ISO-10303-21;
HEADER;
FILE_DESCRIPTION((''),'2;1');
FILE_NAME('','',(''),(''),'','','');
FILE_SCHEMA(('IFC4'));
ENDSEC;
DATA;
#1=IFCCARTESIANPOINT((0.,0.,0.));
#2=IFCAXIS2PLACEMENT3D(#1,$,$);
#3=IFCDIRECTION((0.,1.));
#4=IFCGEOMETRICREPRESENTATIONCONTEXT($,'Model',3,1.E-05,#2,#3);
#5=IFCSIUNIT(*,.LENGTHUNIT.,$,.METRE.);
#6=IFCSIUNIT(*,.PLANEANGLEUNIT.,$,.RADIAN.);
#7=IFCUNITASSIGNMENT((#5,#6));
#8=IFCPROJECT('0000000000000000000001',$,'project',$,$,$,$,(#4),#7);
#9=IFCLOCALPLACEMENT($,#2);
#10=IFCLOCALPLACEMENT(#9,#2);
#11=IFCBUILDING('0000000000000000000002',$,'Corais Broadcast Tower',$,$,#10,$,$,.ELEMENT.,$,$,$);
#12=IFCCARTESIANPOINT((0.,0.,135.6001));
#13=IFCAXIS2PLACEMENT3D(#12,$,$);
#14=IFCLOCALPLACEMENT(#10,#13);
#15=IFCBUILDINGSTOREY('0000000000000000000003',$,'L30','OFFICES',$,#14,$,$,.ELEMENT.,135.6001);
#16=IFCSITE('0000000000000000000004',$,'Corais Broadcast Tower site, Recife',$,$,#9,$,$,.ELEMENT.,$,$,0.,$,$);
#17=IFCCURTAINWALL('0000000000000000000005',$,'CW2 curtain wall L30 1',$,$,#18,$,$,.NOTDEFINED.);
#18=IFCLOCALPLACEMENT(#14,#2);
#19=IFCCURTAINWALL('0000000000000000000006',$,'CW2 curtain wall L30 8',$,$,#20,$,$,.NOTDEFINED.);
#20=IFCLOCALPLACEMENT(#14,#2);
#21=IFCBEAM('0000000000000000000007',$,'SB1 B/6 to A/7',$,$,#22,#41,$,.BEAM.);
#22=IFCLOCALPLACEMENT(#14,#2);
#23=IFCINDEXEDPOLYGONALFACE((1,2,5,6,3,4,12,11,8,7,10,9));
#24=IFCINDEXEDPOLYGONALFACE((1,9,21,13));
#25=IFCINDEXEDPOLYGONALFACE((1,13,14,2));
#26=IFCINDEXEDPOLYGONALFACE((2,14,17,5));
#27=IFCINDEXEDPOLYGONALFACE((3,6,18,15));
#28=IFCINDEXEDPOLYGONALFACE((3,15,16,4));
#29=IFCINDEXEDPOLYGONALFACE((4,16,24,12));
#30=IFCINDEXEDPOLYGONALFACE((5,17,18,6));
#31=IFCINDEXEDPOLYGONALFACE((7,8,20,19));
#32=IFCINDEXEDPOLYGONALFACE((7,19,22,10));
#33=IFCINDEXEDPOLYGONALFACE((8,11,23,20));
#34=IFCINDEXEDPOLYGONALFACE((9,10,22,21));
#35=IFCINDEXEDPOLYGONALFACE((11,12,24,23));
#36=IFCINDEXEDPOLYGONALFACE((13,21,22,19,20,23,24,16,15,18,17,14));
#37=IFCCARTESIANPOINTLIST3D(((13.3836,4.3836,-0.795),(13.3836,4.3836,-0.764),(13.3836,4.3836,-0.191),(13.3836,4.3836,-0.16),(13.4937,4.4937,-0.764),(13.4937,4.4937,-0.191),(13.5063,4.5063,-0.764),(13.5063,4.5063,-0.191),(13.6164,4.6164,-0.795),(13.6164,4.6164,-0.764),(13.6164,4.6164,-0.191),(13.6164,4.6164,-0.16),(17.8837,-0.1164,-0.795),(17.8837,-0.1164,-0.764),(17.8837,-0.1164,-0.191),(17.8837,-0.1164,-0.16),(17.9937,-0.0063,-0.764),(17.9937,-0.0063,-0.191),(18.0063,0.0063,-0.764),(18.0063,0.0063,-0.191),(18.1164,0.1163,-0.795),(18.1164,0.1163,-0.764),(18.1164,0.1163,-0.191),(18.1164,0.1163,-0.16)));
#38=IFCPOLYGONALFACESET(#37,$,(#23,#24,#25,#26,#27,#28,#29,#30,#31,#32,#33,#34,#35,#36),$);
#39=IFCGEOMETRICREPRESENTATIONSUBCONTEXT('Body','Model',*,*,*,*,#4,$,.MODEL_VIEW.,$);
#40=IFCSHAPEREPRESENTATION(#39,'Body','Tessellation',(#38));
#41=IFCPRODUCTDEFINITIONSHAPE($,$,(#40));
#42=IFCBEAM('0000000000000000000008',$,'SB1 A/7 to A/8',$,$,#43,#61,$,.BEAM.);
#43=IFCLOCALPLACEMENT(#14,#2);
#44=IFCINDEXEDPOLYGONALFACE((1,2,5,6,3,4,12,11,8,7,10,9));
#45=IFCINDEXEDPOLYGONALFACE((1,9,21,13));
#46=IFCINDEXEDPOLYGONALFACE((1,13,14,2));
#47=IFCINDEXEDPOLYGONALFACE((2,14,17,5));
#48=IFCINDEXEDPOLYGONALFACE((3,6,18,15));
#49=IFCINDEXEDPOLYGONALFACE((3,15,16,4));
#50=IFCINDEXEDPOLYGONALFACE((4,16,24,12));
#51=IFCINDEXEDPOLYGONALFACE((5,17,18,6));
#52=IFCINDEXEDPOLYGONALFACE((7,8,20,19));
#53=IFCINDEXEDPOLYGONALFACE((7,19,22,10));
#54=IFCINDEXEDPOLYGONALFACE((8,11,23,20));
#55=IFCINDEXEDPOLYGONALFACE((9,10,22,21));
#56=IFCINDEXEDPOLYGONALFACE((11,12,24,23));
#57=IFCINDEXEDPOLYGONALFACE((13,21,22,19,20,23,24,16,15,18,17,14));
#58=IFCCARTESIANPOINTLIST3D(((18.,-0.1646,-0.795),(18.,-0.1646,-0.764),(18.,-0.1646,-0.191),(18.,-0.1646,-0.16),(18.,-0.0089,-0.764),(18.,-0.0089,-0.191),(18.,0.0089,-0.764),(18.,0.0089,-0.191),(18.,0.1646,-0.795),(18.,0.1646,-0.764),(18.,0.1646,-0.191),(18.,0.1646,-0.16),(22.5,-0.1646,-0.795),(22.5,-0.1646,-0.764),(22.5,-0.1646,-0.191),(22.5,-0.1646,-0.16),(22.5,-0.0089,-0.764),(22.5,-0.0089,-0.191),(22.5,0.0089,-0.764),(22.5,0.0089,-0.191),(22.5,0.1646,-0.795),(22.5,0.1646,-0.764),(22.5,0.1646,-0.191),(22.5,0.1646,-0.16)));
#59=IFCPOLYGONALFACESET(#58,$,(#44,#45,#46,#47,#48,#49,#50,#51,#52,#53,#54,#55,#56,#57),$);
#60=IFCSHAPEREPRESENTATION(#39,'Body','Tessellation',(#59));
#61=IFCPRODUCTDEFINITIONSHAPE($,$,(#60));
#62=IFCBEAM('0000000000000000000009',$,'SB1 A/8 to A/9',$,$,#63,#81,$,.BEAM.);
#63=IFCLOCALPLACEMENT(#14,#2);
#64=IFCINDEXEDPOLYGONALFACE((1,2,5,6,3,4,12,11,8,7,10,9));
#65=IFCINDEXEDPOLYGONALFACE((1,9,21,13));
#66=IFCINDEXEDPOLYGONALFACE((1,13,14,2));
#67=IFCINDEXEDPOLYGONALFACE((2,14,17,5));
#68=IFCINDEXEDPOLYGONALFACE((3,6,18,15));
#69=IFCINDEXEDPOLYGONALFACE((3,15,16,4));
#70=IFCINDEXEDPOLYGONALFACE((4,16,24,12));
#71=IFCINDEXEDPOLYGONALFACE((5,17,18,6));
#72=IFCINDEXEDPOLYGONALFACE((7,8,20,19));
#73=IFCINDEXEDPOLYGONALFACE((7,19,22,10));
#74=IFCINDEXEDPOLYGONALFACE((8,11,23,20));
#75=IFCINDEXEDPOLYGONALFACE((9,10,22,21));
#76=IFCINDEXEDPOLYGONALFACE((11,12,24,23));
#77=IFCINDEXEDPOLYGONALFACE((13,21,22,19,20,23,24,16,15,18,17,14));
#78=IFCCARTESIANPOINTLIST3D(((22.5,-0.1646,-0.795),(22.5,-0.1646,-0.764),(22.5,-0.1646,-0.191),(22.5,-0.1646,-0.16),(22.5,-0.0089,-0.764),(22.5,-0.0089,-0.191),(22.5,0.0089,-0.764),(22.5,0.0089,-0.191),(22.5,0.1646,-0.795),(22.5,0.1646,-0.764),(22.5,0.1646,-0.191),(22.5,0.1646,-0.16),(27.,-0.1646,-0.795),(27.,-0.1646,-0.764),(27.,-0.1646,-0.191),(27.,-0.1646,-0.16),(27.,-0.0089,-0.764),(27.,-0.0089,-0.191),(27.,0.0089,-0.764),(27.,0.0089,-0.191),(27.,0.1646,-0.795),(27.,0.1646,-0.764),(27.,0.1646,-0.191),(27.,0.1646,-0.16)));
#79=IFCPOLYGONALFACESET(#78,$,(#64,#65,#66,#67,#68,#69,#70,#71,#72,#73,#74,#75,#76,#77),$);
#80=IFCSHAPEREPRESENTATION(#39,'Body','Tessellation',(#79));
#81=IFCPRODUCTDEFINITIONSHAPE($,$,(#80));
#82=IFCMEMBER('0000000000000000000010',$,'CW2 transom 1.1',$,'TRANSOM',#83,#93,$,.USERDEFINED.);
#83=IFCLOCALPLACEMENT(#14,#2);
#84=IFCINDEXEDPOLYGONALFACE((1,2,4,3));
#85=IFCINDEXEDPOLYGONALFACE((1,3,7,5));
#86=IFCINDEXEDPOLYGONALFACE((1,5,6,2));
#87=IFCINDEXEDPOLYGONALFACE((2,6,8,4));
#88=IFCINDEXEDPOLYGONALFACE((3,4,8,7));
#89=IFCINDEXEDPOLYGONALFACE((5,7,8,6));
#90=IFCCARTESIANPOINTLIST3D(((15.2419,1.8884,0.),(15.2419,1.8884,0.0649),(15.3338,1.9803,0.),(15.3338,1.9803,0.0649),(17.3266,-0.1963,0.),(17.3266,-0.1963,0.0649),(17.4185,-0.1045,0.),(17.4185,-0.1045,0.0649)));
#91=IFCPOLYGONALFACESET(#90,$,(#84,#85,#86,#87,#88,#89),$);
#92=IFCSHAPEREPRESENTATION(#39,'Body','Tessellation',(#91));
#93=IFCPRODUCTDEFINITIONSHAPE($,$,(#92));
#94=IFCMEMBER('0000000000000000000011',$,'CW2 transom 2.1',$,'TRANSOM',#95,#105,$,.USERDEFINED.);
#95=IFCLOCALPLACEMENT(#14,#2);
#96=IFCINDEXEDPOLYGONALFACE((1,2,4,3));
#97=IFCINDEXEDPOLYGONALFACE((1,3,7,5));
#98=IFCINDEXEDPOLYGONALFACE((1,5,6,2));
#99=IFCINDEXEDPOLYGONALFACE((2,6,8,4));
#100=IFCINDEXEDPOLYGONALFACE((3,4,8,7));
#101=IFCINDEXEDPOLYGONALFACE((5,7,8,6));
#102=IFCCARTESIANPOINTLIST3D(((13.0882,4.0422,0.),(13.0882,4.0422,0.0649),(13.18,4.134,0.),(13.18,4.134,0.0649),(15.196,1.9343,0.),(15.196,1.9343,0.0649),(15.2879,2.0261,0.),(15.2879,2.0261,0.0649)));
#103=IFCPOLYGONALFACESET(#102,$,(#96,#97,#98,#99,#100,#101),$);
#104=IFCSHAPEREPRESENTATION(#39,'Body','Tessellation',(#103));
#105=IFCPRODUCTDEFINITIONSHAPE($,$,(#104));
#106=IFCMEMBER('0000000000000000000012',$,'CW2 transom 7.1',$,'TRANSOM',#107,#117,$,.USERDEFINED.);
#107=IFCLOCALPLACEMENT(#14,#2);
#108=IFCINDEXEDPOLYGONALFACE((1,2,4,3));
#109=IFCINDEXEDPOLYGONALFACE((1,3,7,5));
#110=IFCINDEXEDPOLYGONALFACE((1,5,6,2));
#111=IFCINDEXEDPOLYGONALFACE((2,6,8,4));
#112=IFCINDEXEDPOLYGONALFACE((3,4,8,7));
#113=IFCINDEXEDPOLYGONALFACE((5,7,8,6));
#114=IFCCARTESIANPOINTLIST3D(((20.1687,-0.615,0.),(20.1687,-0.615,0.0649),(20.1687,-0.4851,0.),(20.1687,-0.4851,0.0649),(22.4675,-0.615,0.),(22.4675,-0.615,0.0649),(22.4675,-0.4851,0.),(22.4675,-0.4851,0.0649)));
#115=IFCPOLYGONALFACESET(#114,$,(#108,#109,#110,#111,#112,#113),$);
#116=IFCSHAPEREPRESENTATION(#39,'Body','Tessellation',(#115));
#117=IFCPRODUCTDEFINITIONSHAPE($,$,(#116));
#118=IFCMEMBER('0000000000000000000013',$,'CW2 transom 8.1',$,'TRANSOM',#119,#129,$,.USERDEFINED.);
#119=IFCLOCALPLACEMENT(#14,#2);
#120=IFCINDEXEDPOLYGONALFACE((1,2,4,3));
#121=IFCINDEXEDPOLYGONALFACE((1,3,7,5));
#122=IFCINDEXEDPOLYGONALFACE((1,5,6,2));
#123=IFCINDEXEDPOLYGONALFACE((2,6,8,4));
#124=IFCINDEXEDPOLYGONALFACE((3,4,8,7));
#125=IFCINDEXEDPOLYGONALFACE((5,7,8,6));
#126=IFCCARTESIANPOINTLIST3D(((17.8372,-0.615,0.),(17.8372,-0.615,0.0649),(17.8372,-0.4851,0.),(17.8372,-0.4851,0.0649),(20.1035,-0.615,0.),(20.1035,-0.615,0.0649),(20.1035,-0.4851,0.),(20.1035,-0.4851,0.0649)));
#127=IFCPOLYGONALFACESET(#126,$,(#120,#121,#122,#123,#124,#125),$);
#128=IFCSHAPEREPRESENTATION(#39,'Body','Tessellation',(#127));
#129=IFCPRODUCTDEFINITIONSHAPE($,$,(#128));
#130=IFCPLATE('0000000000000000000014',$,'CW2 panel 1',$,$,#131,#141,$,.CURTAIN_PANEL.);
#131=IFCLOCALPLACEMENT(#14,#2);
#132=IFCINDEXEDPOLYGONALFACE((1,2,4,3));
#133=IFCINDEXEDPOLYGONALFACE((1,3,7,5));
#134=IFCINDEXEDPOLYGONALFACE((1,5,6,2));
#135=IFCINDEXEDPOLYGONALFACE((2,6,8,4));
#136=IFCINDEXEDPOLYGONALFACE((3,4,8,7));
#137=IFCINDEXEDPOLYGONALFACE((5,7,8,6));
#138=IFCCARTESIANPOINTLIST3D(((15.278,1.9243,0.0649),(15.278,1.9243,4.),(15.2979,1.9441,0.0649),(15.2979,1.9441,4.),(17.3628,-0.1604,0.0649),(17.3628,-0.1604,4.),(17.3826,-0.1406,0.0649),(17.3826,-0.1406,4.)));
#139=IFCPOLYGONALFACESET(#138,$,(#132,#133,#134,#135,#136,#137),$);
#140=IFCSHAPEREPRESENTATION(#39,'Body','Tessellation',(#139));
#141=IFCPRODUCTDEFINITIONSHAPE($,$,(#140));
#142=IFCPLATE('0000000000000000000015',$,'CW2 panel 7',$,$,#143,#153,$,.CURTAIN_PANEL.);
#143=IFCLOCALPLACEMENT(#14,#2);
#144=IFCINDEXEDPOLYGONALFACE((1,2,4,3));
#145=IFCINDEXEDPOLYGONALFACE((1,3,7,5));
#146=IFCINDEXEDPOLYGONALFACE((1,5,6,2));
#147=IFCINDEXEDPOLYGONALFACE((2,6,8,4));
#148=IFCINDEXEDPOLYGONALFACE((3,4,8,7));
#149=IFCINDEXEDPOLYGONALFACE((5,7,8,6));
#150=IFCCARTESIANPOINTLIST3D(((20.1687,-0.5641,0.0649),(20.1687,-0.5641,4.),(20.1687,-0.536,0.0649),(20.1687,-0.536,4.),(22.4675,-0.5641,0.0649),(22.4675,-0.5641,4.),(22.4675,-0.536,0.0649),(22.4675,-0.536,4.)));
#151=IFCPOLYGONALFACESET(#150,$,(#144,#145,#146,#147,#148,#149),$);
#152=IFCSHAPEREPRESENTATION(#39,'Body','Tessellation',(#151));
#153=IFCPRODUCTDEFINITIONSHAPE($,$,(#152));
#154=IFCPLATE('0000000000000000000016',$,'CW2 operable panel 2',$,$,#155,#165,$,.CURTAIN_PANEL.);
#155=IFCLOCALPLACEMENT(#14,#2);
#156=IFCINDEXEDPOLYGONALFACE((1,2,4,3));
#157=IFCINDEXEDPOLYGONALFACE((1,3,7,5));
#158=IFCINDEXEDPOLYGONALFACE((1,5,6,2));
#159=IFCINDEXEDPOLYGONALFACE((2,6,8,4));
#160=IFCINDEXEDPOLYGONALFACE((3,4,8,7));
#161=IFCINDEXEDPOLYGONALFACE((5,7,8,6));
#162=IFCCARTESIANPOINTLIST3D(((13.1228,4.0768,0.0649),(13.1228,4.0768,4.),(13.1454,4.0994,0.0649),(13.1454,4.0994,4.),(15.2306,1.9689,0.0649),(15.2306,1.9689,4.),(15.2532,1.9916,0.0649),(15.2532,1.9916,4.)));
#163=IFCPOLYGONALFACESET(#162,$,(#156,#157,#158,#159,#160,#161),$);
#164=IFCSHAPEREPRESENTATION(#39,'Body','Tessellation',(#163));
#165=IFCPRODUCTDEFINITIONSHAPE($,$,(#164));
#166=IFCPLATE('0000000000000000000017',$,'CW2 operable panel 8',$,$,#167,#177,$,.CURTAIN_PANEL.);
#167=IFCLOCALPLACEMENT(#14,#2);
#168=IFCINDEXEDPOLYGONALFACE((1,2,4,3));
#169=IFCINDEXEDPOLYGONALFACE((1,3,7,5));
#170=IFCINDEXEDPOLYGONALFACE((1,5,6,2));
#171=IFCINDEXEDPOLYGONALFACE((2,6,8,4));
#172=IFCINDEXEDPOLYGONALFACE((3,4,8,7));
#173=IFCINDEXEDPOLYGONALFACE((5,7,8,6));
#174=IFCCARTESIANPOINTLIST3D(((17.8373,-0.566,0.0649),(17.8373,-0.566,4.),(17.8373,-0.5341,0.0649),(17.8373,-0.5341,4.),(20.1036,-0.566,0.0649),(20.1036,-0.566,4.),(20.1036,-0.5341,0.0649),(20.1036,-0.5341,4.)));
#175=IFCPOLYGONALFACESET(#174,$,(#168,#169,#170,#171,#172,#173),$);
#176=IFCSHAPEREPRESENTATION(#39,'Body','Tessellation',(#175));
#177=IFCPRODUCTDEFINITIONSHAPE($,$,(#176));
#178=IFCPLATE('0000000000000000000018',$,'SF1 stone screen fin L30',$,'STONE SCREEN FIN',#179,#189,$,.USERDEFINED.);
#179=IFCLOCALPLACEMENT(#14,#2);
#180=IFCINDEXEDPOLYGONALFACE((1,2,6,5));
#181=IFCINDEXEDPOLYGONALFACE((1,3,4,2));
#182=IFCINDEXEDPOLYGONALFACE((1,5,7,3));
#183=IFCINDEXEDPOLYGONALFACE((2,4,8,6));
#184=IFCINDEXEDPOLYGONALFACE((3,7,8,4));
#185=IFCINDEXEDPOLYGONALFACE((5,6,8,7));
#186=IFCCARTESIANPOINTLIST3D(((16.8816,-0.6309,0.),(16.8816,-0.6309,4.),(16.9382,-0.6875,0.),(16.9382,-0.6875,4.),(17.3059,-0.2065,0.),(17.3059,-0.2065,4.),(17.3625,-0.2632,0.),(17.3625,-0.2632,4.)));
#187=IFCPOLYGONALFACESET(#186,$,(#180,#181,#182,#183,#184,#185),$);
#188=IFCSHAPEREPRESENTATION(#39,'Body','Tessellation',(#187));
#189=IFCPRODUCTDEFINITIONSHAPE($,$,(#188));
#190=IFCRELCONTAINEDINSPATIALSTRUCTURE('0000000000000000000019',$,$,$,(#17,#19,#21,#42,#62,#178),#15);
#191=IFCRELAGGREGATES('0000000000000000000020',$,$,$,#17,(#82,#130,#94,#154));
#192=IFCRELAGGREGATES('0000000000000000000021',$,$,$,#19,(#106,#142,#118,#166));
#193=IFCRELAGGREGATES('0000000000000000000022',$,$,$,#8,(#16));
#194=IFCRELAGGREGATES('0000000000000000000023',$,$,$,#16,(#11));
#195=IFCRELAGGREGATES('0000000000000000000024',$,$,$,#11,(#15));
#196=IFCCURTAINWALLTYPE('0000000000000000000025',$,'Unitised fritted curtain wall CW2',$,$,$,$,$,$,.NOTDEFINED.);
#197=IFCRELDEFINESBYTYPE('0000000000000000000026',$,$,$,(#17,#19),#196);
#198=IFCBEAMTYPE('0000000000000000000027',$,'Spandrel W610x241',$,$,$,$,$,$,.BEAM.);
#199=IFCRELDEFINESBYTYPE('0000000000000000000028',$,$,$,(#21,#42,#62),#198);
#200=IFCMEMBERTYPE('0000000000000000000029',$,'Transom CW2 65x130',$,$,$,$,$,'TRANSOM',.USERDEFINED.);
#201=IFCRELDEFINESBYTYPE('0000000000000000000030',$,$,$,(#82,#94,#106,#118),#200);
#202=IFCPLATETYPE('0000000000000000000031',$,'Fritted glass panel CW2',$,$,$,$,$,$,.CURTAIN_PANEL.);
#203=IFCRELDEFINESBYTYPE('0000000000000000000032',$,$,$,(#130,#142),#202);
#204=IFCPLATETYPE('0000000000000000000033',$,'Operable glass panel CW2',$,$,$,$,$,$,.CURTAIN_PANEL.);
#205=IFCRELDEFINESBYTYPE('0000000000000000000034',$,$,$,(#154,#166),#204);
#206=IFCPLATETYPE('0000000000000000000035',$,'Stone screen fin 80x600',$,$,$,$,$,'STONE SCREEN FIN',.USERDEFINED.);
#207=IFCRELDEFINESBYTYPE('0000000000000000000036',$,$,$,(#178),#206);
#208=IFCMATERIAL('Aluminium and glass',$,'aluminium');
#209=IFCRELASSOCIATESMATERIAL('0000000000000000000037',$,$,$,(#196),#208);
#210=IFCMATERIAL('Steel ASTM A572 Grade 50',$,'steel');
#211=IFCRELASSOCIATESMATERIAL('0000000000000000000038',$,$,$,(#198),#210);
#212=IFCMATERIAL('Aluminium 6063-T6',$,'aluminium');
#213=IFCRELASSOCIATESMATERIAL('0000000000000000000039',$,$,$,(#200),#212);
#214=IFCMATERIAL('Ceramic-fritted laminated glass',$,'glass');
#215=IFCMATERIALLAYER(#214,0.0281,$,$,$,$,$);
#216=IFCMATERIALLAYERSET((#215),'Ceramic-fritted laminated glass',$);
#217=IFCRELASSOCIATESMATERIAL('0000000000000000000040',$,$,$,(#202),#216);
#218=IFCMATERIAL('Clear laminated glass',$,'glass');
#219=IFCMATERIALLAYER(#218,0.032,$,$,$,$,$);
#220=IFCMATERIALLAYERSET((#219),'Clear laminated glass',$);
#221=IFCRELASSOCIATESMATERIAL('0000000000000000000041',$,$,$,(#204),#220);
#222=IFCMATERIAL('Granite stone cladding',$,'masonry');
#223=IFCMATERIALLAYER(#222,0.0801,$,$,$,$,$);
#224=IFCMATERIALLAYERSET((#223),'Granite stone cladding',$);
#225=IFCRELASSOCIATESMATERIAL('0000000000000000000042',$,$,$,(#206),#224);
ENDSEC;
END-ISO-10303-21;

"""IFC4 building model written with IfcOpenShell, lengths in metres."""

from ifc_helpers import new_model, si_unit, direction, frame, origin, origin_2d, place, context, subcontext, project, spatial, rectangle, i_section, extrude, material, layer, layer_set, material_profile, profile_set, type_object, element, aggregate, save


model = new_model("IFC4")

# Units and contexts
model_context = context("Model", 3, precision=1e-05, world=origin(), true_north=direction((0.0, 1.0)))
body_context = subcontext(model_context, "Body", "Model", "MODEL_VIEW")
ifc_project = project(units=[si_unit("LENGTHUNIT", "METRE"), si_unit("PLANEANGLEUNIT", "RADIAN")], contexts=[model_context])

# Site, building, storey
site_placement = place(None, origin())
site = spatial("IfcSite", under=ifc_project, at=site_placement, Name="Corais Broadcast Tower site, Recife", CompositionType="ELEMENT", RefElevation=0.0)
building_placement = place(site_placement, origin())
building = spatial("IfcBuilding", under=site, at=building_placement, Name="Corais Broadcast Tower", CompositionType="ELEMENT")
storey_placement = place(building_placement, frame((0.0, 0.0, 135.6001)))
storey = spatial("IfcBuildingStorey", under=building, at=storey_placement, Name="L30", Description="OFFICES", CompositionType="ELEMENT", Elevation=135.6001)

# Curtain walls
ifc_material_1 = material(Name="Aluminium and glass", Category="aluminium")
curtain_wall_type = type_object("IfcCurtainWallType", Name="Unitised fritted curtain wall CW2", PredefinedType="NOTDEFINED", material=ifc_material_1)
curtain_wall_1_placement = place(storey_placement, origin())
curtain_wall_1 = element("IfcCurtainWall", 1, at=curtain_wall_1_placement, inside=storey, type_object=curtain_wall_type, Name="CW2 curtain wall L30 1", PredefinedType="NOTDEFINED")
curtain_wall_2_placement = place(storey_placement, origin())
curtain_wall_2 = element("IfcCurtainWall", 2, at=curtain_wall_2_placement, inside=storey, type_object=curtain_wall_type, Name="CW2 curtain wall L30 8", PredefinedType="NOTDEFINED")

# Beams
ifc_material_2 = material(Name="Steel ASTM A572 Grade 50", Category="steel")
ifc_material_profile_1 = material_profile(ifc_material_2, i_section(OverallWidth=0.3291, OverallDepth=0.635, WebThickness=0.0178, FlangeThickness=0.031, at=origin_2d()), Name="W610x241")
ifc_profile_set_1 = profile_set([ifc_material_profile_1], Name="Steel ASTM A572 Grade 50")
beam_type_1 = type_object("IfcBeamType", Name="Spandrel W610x241", PredefinedType="BEAM", material=ifc_profile_set_1)
beam_1_placement = place(storey_placement, frame((13.5, 4.5, -0.4775), z_axis=(0.707107, -0.707107, 0.0), x_axis=(0.707107, 0.707107, 0.0)))
element("IfcBeam", 3, at=beam_1_placement, inside=storey, type_object=beam_type_1, Name="SB1 B/6 to A/7", PredefinedType="BEAM", context=body_context, shape_type="SweptSolid", body=[
    extrude(i_section(OverallWidth=0.3291, OverallDepth=0.635, WebThickness=0.0178, FlangeThickness=0.031, at=origin_2d()), origin(), (0.0, 0.0, 1.0), 6.364),
])
for number, where, z_axis, x_axis, name in (
    (4, (18.0, 0.0, -0.4775), (1.0, 0.0, 0.0), (0.0, 1.0, 0.0), "SB1 A/7 to A/8"),
    (5, (22.5, 0.0, -0.4775), (1.0, 0.0, 0.0), (0.0, 1.0, 0.0), "SB1 A/8 to A/9"),
):
    element("IfcBeam", number, at=place(storey_placement, frame(where, z_axis=z_axis, x_axis=x_axis)), inside=storey, type_object=beam_type_1, Name=name, PredefinedType="BEAM", context=body_context, shape_type="SweptSolid", body=[
        extrude(i_section(OverallWidth=0.3291, OverallDepth=0.635, WebThickness=0.0178, FlangeThickness=0.031, at=origin_2d()), origin(), (0.0, 0.0, 1.0), 4.5),
    ])

# Members
ifc_material_3 = material(Name="Aluminium 6063-T6", Category="aluminium")
ifc_material_profile_2 = material_profile(ifc_material_3, rectangle(XDim=0.1299, YDim=0.0649, at=origin_2d()), Name="Transom CW2 65x130")
ifc_profile_set_2 = profile_set([ifc_material_profile_2], Name="Aluminium 6063-T6")
member_type_1 = type_object("IfcMemberType", Name="Transom CW2 65x130", ElementType="TRANSOM", PredefinedType="USERDEFINED", material=ifc_profile_set_2)
member_1_placement = place(storey_placement, frame((17.3726, -0.1504, 0.0325), z_axis=(-0.707107, 0.707107, 0.0), x_axis=(-0.707107, -0.707107, 0.0)))
member_1 = element("IfcMember", 6, at=member_1_placement, type_object=member_type_1, Name="CW2 transom 1.1", ObjectType="TRANSOM", PredefinedType="USERDEFINED", context=body_context, shape_type="SweptSolid", body=[
    extrude(rectangle(XDim=0.1299, YDim=0.0649, at=origin_2d()), origin(), (0.0, 0.0, 1.0), 2.9482),
])
member_2_placement = place(storey_placement, frame((15.2419, 1.9802, 0.0325), z_axis=(-0.707107, 0.707107, 0.0), x_axis=(-0.707107, -0.707107, 0.0)))
member_2 = element("IfcMember", 7, at=member_2_placement, type_object=member_type_1, Name="CW2 transom 2.1", ObjectType="TRANSOM", PredefinedType="USERDEFINED", context=body_context, shape_type="SweptSolid", body=[
    extrude(rectangle(XDim=0.1299, YDim=0.0649, at=origin_2d()), origin(), (0.0, 0.0, 1.0), 2.981),
])
member_3_placement = place(storey_placement, frame((22.4675, -0.55, 0.0325), z_axis=(-1.0, 0.0, 0.0), x_axis=(0.0, -1.0, 0.0)))
member_3 = element("IfcMember", 8, at=member_3_placement, type_object=member_type_1, Name="CW2 transom 7.1", ObjectType="TRANSOM", PredefinedType="USERDEFINED", context=body_context, shape_type="SweptSolid", body=[
    extrude(rectangle(XDim=0.1299, YDim=0.0649, at=origin_2d()), origin(), (0.0, 0.0, 1.0), 2.2988),
])
member_4_placement = place(storey_placement, frame((20.1035, -0.55, 0.0325), z_axis=(-1.0, 0.0, 0.0), x_axis=(0.0, -1.0, 0.0)))
member_4 = element("IfcMember", 9, at=member_4_placement, type_object=member_type_1, Name="CW2 transom 8.1", ObjectType="TRANSOM", PredefinedType="USERDEFINED", context=body_context, shape_type="SweptSolid", body=[
    extrude(rectangle(XDim=0.1299, YDim=0.0649, at=origin_2d()), origin(), (0.0, 0.0, 1.0), 2.2664),
])

# Plates
ifc_material_4 = material(Name="Ceramic-fritted laminated glass", Category="glass")
ifc_layer_1 = layer(ifc_material_4, 0.0281)
ifc_layer_set_1 = layer_set([ifc_layer_1], Name="Ceramic-fritted laminated glass")
plate_type_1 = type_object("IfcPlateType", Name="Fritted glass panel CW2", PredefinedType="CURTAIN_PANEL", material=ifc_layer_set_1)
plate_1_placement = place(storey_placement, frame((16.3303, 0.8918, 0.0649), z_axis=(0.0, 0.0, 1.0), x_axis=(-0.707107, 0.707107, 0.0)))
plate_1 = element("IfcPlate", 10, at=plate_1_placement, type_object=plate_type_1, Name="CW2 panel 1", PredefinedType="CURTAIN_PANEL", context=body_context, shape_type="SweptSolid", body=[
    extrude(rectangle(XDim=2.9482, YDim=0.0281, at=origin_2d()), origin(), (0.0, 0.0, 1.0), 3.9351),
])
plate_2_placement = place(storey_placement, frame((21.3181, -0.55, 0.0649), z_axis=(0.0, 0.0, 1.0), x_axis=(-1.0, 0.0, 0.0)))
plate_2 = element("IfcPlate", 11, at=plate_2_placement, type_object=plate_type_1, Name="CW2 panel 7", PredefinedType="CURTAIN_PANEL", context=body_context, shape_type="SweptSolid", body=[
    extrude(rectangle(XDim=2.2988, YDim=0.0281, at=origin_2d()), origin(), (0.0, 0.0, 1.0), 3.9351),
])
ifc_material_5 = material(Name="Clear laminated glass", Category="glass")
ifc_layer_2 = layer(ifc_material_5, 0.032)
ifc_layer_set_2 = layer_set([ifc_layer_2], Name="Clear laminated glass")
plate_type_2 = type_object("IfcPlateType", Name="Operable glass panel CW2", PredefinedType="CURTAIN_PANEL", material=ifc_layer_set_2)
plate_3_placement = place(storey_placement, frame((14.188, 3.0342, 0.0649), z_axis=(0.0, 0.0, 1.0), x_axis=(-0.707107, 0.707107, 0.0)))
plate_3 = element("IfcPlate", 12, at=plate_3_placement, type_object=plate_type_2, Name="CW2 operable panel 2", PredefinedType="CURTAIN_PANEL", context=body_context, shape_type="SweptSolid", body=[
    extrude(rectangle(XDim=2.981, YDim=0.032, at=origin_2d()), origin(), (0.0, 0.0, 1.0), 3.9351),
])
aggregate(curtain_wall_1, [member_1, plate_1, member_2, plate_3])
plate_4_placement = place(storey_placement, frame((18.9705, -0.55, 0.0649), z_axis=(0.0, 0.0, 1.0), x_axis=(-1.0, 0.0, 0.0)))
plate_4 = element("IfcPlate", 13, at=plate_4_placement, type_object=plate_type_2, Name="CW2 operable panel 8", PredefinedType="CURTAIN_PANEL", context=body_context, shape_type="SweptSolid", body=[
    extrude(rectangle(XDim=2.2664, YDim=0.032, at=origin_2d()), origin(), (0.0, 0.0, 1.0), 3.9351),
])
aggregate(curtain_wall_2, [member_3, plate_2, member_4, plate_4])
ifc_material_6 = material(Name="Granite stone cladding", Category="masonry")
ifc_layer_3 = layer(ifc_material_6, 0.0801)
ifc_layer_set_3 = layer_set([ifc_layer_3], Name="Granite stone cladding")
plate_type_3 = type_object("IfcPlateType", Name="Stone screen fin 80x600", ElementType="STONE SCREEN FIN", PredefinedType="USERDEFINED", material=ifc_layer_set_3)
plate_5_placement = place(storey_placement, frame((17.1221, -0.447, 0.0), z_axis=(0.0, 0.0, 1.0), x_axis=(-0.707107, 0.707107, 0.0)))
element("IfcPlate", 14, at=plate_5_placement, inside=storey, type_object=plate_type_3, Name="SF1 stone screen fin L30", ObjectType="STONE SCREEN FIN", PredefinedType="USERDEFINED", context=body_context, shape_type="SweptSolid", body=[
    extrude(rectangle(XDim=0.0801, YDim=0.6001, at=origin_2d()), origin(), (0.0, 0.0, 1.0), 4.0),
])

save(model, "model.ifc")
